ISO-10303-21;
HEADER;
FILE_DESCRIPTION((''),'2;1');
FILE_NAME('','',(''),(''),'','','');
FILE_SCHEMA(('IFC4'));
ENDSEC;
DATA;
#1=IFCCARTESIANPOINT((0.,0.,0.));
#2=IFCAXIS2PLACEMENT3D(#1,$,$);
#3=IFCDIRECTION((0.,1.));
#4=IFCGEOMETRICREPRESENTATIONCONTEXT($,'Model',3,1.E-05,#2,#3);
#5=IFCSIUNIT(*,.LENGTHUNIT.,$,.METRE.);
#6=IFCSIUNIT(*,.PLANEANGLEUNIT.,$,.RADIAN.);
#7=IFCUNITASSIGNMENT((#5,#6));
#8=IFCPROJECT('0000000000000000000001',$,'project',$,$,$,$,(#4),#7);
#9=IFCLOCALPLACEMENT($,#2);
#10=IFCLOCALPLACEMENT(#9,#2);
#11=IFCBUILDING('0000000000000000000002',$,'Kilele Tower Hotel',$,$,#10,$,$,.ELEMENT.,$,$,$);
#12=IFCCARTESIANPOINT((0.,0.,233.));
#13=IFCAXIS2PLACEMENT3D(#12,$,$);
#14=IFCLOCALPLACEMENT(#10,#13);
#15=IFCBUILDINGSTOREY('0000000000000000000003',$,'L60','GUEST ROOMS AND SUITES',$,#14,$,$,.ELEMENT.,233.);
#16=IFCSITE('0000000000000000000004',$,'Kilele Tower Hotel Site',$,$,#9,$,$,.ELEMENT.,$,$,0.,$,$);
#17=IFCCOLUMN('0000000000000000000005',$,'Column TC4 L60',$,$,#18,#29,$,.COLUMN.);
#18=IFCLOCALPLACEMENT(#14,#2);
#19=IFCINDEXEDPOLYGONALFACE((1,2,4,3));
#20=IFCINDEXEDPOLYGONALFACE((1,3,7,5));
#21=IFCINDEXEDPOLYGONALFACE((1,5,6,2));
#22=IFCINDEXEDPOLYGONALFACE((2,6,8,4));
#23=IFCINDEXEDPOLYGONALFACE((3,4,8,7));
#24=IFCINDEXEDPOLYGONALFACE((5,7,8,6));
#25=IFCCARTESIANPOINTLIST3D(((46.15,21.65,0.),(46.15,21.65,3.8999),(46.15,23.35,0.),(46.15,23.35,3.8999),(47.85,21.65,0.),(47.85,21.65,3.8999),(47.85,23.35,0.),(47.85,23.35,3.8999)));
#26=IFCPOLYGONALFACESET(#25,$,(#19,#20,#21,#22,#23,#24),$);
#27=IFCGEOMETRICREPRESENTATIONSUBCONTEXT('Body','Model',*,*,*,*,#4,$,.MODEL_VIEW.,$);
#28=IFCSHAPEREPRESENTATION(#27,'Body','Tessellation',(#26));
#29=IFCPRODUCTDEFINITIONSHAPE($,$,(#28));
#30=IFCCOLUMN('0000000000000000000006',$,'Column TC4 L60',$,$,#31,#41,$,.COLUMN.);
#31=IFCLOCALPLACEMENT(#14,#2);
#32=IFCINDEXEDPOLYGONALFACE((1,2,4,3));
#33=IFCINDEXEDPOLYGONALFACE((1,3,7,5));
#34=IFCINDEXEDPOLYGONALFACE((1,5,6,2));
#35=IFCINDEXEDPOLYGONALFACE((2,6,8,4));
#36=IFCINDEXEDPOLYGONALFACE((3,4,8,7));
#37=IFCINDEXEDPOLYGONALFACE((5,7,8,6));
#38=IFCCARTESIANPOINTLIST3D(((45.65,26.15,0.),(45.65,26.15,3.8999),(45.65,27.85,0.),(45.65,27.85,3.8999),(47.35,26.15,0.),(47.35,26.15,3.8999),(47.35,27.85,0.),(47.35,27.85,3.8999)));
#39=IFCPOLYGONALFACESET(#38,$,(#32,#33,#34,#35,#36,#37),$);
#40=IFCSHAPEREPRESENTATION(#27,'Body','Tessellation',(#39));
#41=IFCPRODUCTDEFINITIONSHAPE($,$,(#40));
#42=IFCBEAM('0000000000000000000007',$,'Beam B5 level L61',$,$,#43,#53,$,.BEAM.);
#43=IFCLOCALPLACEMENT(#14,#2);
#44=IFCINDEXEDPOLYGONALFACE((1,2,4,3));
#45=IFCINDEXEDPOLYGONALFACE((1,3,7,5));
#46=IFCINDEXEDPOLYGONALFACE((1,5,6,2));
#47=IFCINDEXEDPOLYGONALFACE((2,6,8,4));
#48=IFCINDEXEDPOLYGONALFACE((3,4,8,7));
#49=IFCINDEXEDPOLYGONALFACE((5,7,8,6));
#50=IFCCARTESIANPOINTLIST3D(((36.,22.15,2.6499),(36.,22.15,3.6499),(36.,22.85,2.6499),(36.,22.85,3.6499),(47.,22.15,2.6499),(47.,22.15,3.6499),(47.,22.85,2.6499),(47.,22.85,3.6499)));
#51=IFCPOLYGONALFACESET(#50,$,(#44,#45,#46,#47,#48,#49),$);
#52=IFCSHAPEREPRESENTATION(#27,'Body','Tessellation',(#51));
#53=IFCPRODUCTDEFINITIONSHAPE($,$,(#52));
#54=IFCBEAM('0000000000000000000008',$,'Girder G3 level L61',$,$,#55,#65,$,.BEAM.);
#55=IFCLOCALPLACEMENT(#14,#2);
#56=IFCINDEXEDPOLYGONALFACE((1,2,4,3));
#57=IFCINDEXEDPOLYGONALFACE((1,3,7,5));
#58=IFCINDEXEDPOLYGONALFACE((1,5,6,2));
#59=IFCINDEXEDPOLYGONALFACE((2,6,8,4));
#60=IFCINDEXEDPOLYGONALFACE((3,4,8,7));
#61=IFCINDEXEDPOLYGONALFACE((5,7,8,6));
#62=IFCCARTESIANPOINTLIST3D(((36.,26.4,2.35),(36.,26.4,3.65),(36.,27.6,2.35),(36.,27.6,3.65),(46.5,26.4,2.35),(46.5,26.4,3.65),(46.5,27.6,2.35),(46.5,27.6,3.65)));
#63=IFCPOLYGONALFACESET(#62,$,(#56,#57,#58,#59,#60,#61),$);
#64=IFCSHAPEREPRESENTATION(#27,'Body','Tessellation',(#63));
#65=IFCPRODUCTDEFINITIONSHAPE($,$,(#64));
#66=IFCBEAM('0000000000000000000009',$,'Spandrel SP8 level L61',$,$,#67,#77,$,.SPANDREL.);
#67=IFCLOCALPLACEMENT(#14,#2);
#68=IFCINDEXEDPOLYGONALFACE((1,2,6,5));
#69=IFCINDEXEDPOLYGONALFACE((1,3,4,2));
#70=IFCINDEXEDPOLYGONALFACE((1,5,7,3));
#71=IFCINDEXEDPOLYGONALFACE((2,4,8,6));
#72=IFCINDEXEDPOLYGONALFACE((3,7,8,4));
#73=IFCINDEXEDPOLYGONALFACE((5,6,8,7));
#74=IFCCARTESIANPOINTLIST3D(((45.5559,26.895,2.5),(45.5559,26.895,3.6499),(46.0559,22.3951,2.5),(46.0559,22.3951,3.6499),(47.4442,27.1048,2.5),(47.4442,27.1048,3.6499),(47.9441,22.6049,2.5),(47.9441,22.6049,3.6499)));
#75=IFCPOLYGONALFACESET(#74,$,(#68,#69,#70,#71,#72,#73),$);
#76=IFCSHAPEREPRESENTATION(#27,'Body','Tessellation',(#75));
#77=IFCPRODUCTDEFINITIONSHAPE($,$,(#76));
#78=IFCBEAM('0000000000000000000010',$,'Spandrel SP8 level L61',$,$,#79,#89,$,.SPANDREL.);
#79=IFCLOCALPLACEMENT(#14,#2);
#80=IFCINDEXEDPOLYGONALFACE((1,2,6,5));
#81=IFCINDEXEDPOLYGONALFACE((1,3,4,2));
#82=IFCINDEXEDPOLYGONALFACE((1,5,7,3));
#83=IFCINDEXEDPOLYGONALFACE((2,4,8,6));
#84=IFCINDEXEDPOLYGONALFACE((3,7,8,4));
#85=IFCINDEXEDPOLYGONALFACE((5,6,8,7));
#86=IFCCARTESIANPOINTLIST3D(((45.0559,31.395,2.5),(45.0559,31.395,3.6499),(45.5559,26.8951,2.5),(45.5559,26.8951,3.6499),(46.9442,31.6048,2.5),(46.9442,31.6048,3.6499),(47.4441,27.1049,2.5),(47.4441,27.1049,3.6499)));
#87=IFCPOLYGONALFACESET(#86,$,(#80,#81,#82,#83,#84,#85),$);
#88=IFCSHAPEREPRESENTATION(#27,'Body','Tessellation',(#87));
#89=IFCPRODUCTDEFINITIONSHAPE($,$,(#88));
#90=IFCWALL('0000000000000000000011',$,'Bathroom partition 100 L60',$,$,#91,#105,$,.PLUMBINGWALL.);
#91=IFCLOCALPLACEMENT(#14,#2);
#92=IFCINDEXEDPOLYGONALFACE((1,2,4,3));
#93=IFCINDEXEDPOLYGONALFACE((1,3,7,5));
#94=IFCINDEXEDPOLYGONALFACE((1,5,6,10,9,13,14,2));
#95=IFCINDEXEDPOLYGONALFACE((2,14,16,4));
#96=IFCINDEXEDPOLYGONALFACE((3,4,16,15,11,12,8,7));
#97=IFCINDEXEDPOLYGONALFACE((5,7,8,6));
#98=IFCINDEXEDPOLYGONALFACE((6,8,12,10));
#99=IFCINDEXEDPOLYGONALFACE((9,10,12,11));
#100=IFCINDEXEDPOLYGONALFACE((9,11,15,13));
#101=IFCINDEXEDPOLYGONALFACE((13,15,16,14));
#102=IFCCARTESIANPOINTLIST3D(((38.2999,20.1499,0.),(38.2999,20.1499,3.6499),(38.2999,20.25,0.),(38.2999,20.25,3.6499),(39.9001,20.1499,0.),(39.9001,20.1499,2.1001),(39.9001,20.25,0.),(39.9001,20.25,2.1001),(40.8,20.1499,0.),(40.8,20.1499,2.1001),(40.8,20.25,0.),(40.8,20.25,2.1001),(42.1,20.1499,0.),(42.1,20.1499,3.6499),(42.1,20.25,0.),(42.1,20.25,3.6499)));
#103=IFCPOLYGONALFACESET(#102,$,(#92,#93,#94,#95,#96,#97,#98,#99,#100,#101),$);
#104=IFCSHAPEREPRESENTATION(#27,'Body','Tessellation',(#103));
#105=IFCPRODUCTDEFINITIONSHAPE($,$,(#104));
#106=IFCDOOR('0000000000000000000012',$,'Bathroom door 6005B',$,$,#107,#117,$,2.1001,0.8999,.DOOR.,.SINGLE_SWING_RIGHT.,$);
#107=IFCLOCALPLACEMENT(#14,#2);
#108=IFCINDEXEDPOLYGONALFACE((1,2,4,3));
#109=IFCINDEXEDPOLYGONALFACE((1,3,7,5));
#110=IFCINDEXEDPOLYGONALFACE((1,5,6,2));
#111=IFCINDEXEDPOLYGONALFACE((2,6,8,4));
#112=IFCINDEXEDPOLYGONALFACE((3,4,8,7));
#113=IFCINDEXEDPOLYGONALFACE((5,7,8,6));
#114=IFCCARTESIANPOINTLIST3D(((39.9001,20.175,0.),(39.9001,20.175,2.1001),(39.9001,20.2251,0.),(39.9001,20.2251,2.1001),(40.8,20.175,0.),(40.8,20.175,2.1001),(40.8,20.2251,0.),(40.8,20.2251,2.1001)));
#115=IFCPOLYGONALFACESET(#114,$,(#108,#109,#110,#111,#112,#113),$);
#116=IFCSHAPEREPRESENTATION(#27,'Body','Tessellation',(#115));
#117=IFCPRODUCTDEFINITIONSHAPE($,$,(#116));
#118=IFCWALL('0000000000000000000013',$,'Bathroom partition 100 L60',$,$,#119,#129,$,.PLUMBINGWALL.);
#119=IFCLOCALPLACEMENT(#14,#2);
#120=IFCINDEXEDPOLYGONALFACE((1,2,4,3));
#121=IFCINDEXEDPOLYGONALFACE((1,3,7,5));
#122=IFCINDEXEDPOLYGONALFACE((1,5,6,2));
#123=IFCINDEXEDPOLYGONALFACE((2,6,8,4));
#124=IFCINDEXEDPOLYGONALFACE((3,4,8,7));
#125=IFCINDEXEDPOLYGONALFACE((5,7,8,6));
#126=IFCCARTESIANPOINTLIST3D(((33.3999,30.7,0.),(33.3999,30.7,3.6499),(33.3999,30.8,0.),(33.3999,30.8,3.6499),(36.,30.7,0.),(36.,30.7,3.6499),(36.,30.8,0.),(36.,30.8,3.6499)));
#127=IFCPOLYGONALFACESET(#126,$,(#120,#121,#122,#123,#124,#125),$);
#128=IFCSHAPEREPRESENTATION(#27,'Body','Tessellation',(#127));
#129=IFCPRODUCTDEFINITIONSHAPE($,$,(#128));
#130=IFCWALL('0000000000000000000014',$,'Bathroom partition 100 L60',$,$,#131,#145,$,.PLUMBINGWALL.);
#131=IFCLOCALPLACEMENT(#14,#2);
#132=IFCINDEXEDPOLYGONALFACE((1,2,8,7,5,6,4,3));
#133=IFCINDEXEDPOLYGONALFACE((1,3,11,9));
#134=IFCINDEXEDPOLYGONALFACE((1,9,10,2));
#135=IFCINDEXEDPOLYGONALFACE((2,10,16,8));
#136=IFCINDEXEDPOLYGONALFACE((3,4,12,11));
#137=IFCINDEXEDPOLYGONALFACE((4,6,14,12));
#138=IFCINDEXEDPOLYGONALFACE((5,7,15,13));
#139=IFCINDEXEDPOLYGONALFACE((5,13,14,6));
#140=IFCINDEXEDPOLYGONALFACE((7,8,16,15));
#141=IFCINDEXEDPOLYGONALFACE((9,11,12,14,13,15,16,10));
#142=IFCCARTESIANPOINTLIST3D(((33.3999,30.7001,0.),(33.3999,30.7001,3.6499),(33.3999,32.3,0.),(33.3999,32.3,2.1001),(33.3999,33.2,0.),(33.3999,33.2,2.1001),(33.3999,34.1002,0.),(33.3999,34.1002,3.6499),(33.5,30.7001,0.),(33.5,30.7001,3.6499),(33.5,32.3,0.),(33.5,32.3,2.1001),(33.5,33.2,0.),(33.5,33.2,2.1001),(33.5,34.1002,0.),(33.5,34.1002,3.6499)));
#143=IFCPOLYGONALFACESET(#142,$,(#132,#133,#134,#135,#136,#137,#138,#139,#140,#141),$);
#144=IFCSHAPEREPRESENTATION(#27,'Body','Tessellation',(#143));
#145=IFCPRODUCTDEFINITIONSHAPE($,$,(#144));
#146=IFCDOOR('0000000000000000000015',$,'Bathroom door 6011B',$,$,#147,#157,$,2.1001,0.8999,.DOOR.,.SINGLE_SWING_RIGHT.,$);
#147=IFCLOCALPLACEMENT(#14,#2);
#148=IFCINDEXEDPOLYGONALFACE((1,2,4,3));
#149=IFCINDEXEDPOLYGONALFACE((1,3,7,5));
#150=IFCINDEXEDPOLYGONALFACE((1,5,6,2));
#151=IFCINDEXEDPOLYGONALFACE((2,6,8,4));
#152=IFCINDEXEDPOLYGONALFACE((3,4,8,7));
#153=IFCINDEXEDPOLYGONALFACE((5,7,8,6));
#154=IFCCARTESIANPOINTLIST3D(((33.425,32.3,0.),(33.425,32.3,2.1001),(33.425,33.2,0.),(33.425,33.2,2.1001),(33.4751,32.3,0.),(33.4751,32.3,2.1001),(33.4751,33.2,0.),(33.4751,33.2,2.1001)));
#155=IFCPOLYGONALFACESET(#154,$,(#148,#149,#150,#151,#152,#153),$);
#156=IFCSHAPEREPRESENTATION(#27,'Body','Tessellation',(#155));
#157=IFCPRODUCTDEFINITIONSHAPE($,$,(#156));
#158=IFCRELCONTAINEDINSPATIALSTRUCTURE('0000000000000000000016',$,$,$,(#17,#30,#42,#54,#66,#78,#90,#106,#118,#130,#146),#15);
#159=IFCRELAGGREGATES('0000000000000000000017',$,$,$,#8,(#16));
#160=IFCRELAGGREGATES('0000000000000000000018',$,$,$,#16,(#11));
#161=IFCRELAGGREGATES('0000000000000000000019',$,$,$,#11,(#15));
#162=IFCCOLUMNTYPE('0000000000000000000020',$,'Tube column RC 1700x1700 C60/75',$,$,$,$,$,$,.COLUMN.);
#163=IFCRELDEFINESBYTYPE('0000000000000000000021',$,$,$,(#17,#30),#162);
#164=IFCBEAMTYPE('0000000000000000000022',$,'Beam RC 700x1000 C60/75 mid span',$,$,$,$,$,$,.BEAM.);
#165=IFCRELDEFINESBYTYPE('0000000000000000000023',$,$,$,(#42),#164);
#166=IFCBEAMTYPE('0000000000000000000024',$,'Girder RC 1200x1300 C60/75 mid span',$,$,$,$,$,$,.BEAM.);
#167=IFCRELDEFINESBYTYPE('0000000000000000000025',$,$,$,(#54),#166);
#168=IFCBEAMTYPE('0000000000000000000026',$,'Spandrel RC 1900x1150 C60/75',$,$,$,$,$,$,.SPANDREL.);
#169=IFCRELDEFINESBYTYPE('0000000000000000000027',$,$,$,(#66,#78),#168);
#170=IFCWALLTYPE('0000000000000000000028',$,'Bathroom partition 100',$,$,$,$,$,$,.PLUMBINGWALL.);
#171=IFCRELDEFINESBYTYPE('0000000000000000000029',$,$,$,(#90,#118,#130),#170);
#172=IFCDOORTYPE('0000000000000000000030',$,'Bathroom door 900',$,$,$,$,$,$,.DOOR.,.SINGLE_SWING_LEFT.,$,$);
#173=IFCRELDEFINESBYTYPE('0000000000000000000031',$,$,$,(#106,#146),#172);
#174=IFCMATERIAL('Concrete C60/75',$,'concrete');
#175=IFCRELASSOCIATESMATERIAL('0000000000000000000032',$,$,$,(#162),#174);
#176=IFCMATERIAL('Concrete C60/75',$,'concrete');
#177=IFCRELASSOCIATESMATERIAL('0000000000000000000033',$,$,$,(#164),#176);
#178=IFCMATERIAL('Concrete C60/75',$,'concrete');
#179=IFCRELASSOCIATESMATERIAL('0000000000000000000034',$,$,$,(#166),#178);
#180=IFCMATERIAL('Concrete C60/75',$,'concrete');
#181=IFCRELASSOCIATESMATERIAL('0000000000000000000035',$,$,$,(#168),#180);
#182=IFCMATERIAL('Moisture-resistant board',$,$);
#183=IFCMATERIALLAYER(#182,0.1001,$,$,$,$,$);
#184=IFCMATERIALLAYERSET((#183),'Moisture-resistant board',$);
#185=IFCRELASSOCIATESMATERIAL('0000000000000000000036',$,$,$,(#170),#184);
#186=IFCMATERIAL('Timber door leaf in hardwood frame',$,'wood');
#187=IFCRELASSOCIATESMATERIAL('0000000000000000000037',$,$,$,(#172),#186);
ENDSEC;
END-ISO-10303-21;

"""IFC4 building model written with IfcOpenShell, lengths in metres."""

from ifc_helpers import new_model, si_unit, direction, frame, frame_2d, origin, origin_2d, place, context, subcontext, project, spatial, rectangle, extrude, material, layer, layer_set, material_profile, profile_set, type_object, element, fill, save


model = new_model("IFC4")

# Units and contexts
model_context = context("Model", 3, precision=1e-05, world=origin(), true_north=direction((0.0, 1.0)))
body_context = subcontext(model_context, "Body", "Model", "MODEL_VIEW")
ifc_project = project(units=[si_unit("LENGTHUNIT", "METRE"), si_unit("PLANEANGLEUNIT", "RADIAN")], contexts=[model_context])

# Site, building, storey
site_placement = place(None, origin())
site = spatial("IfcSite", under=ifc_project, at=site_placement, Name="Kilele Tower Hotel Site", CompositionType="ELEMENT", RefElevation=0.0)
building_placement = place(site_placement, origin())
building = spatial("IfcBuilding", under=site, at=building_placement, Name="Kilele Tower Hotel", CompositionType="ELEMENT")
storey_placement = place(building_placement, frame((0.0, 0.0, 233.0)))
storey = spatial("IfcBuildingStorey", under=building, at=storey_placement, Name="L60", Description="GUEST ROOMS AND SUITES", CompositionType="ELEMENT", Elevation=233.0)

# Columns
ifc_material_1 = material(Name="Concrete C60/75", Category="concrete")
ifc_material_profile_1 = material_profile(ifc_material_1, rectangle(XDim=1.7, YDim=1.7, at=origin_2d()))
ifc_profile_set_1 = profile_set([ifc_material_profile_1], Name="Concrete C60/75")
column_type = type_object("IfcColumnType", Name="Tube column RC 1700x1700 C60/75", PredefinedType="COLUMN", material=ifc_profile_set_1)
for number, where, z_axis, x_axis, name in (
    (1, (47.0, 22.5, 0.0), (0.0, 0.0, 1.0), (1.0, 0.0, 0.0), "Column TC4 L60"),
    (2, (46.5, 27.0, 0.0), (0.0, 0.0, 1.0), (1.0, 0.0, 0.0), "Column TC4 L60"),
):
    element("IfcColumn", number, at=place(storey_placement, frame(where, z_axis=z_axis, x_axis=x_axis)), inside=storey, type_object=column_type, Name=name, PredefinedType="COLUMN", context=body_context, shape_type="SweptSolid", body=[
        extrude(rectangle(XDim=1.7, YDim=1.7, at=origin_2d()), origin(), (0.0, 0.0, 1.0), 3.8999),
    ])

# Beams
ifc_material_2 = material(Name="Concrete C60/75", Category="concrete")
ifc_material_profile_2 = material_profile(ifc_material_2, rectangle(XDim=0.7, YDim=1.0, at=origin_2d()))
ifc_profile_set_2 = profile_set([ifc_material_profile_2], Name="Concrete C60/75")
beam_type_1 = type_object("IfcBeamType", Name="Beam RC 700x1000 C60/75 mid span", PredefinedType="BEAM", material=ifc_profile_set_2)
beam_1_placement = place(storey_placement, frame((47.0, 22.5, 3.1499), z_axis=(-1.0, 0.0, 0.0), x_axis=(0.0, -1.0, 0.0)))
element("IfcBeam", 3, at=beam_1_placement, inside=storey, type_object=beam_type_1, Name="Beam B5 level L61", PredefinedType="BEAM", context=body_context, shape_type="SweptSolid", body=[
    extrude(rectangle(XDim=0.7, YDim=1.0, at=origin_2d()), origin(), (0.0, 0.0, 1.0), 11.0),
])
ifc_material_3 = material(Name="Concrete C60/75", Category="concrete")
ifc_material_profile_3 = material_profile(ifc_material_3, rectangle(XDim=1.2, YDim=1.3, at=origin_2d()))
ifc_profile_set_3 = profile_set([ifc_material_profile_3], Name="Concrete C60/75")
beam_type_2 = type_object("IfcBeamType", Name="Girder RC 1200x1300 C60/75 mid span", PredefinedType="BEAM", material=ifc_profile_set_3)
beam_2_placement = place(storey_placement, frame((46.5, 27.0, 3.0), z_axis=(-1.0, 0.0, 0.0), x_axis=(0.0, -1.0, 0.0)))
element("IfcBeam", 4, at=beam_2_placement, inside=storey, type_object=beam_type_2, Name="Girder G3 level L61", PredefinedType="BEAM", context=body_context, shape_type="SweptSolid", body=[
    extrude(rectangle(XDim=1.2, YDim=1.3, at=origin_2d()), origin(), (0.0, 0.0, 1.0), 10.5),
])
ifc_material_4 = material(Name="Concrete C60/75", Category="concrete")
ifc_material_profile_4 = material_profile(ifc_material_4, rectangle(XDim=1.8999, YDim=1.1499, at=origin_2d()))
ifc_profile_set_4 = profile_set([ifc_material_profile_4], Name="Concrete C60/75")
beam_type_3 = type_object("IfcBeamType", Name="Spandrel RC 1900x1150 C60/75", PredefinedType="SPANDREL", material=ifc_profile_set_4)
for number, where, z_axis, x_axis, name in (
    (5, (47.0, 22.5, 3.075), (-0.110432, 0.993884, 0.0), (-0.993884, -0.110432, 0.0), "Spandrel SP8 level L61"),
    (6, (46.5, 27.0, 3.075), (-0.110432, 0.993884, 0.0), (-0.993884, -0.110432, 0.0), "Spandrel SP8 level L61"),
):
    element("IfcBeam", number, at=place(storey_placement, frame(where, z_axis=z_axis, x_axis=x_axis)), inside=storey, type_object=beam_type_3, Name=name, PredefinedType="SPANDREL", context=body_context, shape_type="SweptSolid", body=[
        extrude(rectangle(XDim=1.8999, YDim=1.1499, at=origin_2d()), origin(), (0.0, 0.0, 1.0), 4.5276),
    ])

# Wall, opening, door
ifc_material_5 = material(Name="Moisture-resistant board")
ifc_layer_1 = layer(ifc_material_5, 0.1001)
ifc_layer_set_1 = layer_set([ifc_layer_1], Name="Moisture-resistant board")
wall_type_1 = type_object("IfcWallType", Name="Bathroom partition 100", PredefinedType="PLUMBINGWALL", material=ifc_layer_set_1)
wall_1_placement = place(storey_placement, frame((38.3, 20.2, 0.0), z_axis=(0.0, 0.0, 1.0), x_axis=(1.0, 0.0, 0.0)))
wall_1 = element("IfcWall", 7, at=wall_1_placement, inside=storey, type_object=wall_type_1, Name="Bathroom partition 100 L60", PredefinedType="PLUMBINGWALL", context=body_context, shape_type="SweptSolid", body=[
    extrude(rectangle(XDim=3.8, YDim=0.1001, at=frame_2d((1.8999, 0.0))), origin(), (0.0, 0.0, 1.0), 3.6499),
])
opening_1_placement = place(wall_1_placement, frame((2.5, 0.0, 0.0), z_axis=(0.0, 0.0, 1.0), x_axis=(-1.0, 0.0, 0.0)))
opening_1 = element("IfcOpeningElement", 8, at=opening_1_placement, cuts=wall_1, PredefinedType="OPENING", context=body_context, shape_type="SweptSolid", body=[
    extrude(rectangle(XDim=0.8999, YDim=2.1001, at=frame_2d((0.45, 1.05))), frame((0.0, 0.0601, 0.0), z_axis=(0.0, -1.0, 0.0), x_axis=(1.0, 0.0, 0.0)), (0.0, 0.0, 1.0), 0.1201),
])
ifc_material_6 = material(Name="Timber door leaf in hardwood frame", Category="wood")
door_type_1 = type_object("IfcDoorType", Name="Bathroom door 900", OperationType="SINGLE_SWING_LEFT", PredefinedType="DOOR", material=ifc_material_6)
door_1_placement = place(opening_1_placement, origin())
door_1 = element("IfcDoor", 9, at=door_1_placement, inside=storey, type_object=door_type_1, Name="Bathroom door 6005B", OperationType="SINGLE_SWING_RIGHT", OverallHeight=2.1001, OverallWidth=0.8999, PredefinedType="DOOR", context=body_context, shape_type="SweptSolid", body=[
    extrude(rectangle(XDim=0.8999, YDim=2.1001, at=frame_2d((0.45, 1.05))), frame((0.0, 0.0249, 0.0), z_axis=(0.0, -1.0, 0.0), x_axis=(1.0, 0.0, 0.0)), (0.0, 0.0, 1.0), 0.05),
])
fill(opening_1, door_1)

# Wall
wall_2_placement = place(storey_placement, frame((33.3999, 30.75, 0.0), z_axis=(0.0, 0.0, 1.0), x_axis=(1.0, 0.0, 0.0)))
element("IfcWall", 10, at=wall_2_placement, inside=storey, type_object=wall_type_1, Name="Bathroom partition 100 L60", PredefinedType="PLUMBINGWALL", context=body_context, shape_type="SweptSolid", body=[
    extrude(rectangle(XDim=2.6001, YDim=0.1001, at=frame_2d((1.3, 0.0))), origin(), (0.0, 0.0, 1.0), 3.6499),
])

# Wall, opening, door
wall_3_placement = place(storey_placement, frame((33.45, 30.7, 0.0), z_axis=(0.0, 0.0, 1.0), x_axis=(0.0, 1.0, 0.0)))
wall_3 = element("IfcWall", 11, at=wall_3_placement, inside=storey, type_object=wall_type_1, Name="Bathroom partition 100 L60", PredefinedType="PLUMBINGWALL", context=body_context, shape_type="SweptSolid", body=[
    extrude(rectangle(XDim=3.4001, YDim=0.1001, at=frame_2d((1.7002, 0.0))), origin(), (0.0, 0.0, 1.0), 3.6499),
])
opening_2_placement = place(wall_3_placement, frame((1.6001, 0.0, 0.0)))
opening_2 = element("IfcOpeningElement", 12, at=opening_2_placement, cuts=wall_3, PredefinedType="OPENING", context=body_context, shape_type="SweptSolid", body=[
    extrude(rectangle(XDim=0.8999, YDim=2.1001, at=frame_2d((0.45, 1.05))), frame((0.0, 0.0601, 0.0), z_axis=(0.0, -1.0, 0.0), x_axis=(1.0, 0.0, 0.0)), (0.0, 0.0, 1.0), 0.1201),
])
door_2_placement = place(opening_2_placement, origin())
door_2 = element("IfcDoor", 13, at=door_2_placement, inside=storey, type_object=door_type_1, Name="Bathroom door 6011B", OperationType="SINGLE_SWING_RIGHT", OverallHeight=2.1001, OverallWidth=0.8999, PredefinedType="DOOR", context=body_context, shape_type="SweptSolid", body=[
    extrude(rectangle(XDim=0.8999, YDim=2.1001, at=frame_2d((0.45, 1.05))), frame((0.0, 0.0249, 0.0), z_axis=(0.0, -1.0, 0.0), x_axis=(1.0, 0.0, 0.0)), (0.0, 0.0, 1.0), 0.05),
])
fill(opening_2, door_2)

save(model, "model.ifc")
